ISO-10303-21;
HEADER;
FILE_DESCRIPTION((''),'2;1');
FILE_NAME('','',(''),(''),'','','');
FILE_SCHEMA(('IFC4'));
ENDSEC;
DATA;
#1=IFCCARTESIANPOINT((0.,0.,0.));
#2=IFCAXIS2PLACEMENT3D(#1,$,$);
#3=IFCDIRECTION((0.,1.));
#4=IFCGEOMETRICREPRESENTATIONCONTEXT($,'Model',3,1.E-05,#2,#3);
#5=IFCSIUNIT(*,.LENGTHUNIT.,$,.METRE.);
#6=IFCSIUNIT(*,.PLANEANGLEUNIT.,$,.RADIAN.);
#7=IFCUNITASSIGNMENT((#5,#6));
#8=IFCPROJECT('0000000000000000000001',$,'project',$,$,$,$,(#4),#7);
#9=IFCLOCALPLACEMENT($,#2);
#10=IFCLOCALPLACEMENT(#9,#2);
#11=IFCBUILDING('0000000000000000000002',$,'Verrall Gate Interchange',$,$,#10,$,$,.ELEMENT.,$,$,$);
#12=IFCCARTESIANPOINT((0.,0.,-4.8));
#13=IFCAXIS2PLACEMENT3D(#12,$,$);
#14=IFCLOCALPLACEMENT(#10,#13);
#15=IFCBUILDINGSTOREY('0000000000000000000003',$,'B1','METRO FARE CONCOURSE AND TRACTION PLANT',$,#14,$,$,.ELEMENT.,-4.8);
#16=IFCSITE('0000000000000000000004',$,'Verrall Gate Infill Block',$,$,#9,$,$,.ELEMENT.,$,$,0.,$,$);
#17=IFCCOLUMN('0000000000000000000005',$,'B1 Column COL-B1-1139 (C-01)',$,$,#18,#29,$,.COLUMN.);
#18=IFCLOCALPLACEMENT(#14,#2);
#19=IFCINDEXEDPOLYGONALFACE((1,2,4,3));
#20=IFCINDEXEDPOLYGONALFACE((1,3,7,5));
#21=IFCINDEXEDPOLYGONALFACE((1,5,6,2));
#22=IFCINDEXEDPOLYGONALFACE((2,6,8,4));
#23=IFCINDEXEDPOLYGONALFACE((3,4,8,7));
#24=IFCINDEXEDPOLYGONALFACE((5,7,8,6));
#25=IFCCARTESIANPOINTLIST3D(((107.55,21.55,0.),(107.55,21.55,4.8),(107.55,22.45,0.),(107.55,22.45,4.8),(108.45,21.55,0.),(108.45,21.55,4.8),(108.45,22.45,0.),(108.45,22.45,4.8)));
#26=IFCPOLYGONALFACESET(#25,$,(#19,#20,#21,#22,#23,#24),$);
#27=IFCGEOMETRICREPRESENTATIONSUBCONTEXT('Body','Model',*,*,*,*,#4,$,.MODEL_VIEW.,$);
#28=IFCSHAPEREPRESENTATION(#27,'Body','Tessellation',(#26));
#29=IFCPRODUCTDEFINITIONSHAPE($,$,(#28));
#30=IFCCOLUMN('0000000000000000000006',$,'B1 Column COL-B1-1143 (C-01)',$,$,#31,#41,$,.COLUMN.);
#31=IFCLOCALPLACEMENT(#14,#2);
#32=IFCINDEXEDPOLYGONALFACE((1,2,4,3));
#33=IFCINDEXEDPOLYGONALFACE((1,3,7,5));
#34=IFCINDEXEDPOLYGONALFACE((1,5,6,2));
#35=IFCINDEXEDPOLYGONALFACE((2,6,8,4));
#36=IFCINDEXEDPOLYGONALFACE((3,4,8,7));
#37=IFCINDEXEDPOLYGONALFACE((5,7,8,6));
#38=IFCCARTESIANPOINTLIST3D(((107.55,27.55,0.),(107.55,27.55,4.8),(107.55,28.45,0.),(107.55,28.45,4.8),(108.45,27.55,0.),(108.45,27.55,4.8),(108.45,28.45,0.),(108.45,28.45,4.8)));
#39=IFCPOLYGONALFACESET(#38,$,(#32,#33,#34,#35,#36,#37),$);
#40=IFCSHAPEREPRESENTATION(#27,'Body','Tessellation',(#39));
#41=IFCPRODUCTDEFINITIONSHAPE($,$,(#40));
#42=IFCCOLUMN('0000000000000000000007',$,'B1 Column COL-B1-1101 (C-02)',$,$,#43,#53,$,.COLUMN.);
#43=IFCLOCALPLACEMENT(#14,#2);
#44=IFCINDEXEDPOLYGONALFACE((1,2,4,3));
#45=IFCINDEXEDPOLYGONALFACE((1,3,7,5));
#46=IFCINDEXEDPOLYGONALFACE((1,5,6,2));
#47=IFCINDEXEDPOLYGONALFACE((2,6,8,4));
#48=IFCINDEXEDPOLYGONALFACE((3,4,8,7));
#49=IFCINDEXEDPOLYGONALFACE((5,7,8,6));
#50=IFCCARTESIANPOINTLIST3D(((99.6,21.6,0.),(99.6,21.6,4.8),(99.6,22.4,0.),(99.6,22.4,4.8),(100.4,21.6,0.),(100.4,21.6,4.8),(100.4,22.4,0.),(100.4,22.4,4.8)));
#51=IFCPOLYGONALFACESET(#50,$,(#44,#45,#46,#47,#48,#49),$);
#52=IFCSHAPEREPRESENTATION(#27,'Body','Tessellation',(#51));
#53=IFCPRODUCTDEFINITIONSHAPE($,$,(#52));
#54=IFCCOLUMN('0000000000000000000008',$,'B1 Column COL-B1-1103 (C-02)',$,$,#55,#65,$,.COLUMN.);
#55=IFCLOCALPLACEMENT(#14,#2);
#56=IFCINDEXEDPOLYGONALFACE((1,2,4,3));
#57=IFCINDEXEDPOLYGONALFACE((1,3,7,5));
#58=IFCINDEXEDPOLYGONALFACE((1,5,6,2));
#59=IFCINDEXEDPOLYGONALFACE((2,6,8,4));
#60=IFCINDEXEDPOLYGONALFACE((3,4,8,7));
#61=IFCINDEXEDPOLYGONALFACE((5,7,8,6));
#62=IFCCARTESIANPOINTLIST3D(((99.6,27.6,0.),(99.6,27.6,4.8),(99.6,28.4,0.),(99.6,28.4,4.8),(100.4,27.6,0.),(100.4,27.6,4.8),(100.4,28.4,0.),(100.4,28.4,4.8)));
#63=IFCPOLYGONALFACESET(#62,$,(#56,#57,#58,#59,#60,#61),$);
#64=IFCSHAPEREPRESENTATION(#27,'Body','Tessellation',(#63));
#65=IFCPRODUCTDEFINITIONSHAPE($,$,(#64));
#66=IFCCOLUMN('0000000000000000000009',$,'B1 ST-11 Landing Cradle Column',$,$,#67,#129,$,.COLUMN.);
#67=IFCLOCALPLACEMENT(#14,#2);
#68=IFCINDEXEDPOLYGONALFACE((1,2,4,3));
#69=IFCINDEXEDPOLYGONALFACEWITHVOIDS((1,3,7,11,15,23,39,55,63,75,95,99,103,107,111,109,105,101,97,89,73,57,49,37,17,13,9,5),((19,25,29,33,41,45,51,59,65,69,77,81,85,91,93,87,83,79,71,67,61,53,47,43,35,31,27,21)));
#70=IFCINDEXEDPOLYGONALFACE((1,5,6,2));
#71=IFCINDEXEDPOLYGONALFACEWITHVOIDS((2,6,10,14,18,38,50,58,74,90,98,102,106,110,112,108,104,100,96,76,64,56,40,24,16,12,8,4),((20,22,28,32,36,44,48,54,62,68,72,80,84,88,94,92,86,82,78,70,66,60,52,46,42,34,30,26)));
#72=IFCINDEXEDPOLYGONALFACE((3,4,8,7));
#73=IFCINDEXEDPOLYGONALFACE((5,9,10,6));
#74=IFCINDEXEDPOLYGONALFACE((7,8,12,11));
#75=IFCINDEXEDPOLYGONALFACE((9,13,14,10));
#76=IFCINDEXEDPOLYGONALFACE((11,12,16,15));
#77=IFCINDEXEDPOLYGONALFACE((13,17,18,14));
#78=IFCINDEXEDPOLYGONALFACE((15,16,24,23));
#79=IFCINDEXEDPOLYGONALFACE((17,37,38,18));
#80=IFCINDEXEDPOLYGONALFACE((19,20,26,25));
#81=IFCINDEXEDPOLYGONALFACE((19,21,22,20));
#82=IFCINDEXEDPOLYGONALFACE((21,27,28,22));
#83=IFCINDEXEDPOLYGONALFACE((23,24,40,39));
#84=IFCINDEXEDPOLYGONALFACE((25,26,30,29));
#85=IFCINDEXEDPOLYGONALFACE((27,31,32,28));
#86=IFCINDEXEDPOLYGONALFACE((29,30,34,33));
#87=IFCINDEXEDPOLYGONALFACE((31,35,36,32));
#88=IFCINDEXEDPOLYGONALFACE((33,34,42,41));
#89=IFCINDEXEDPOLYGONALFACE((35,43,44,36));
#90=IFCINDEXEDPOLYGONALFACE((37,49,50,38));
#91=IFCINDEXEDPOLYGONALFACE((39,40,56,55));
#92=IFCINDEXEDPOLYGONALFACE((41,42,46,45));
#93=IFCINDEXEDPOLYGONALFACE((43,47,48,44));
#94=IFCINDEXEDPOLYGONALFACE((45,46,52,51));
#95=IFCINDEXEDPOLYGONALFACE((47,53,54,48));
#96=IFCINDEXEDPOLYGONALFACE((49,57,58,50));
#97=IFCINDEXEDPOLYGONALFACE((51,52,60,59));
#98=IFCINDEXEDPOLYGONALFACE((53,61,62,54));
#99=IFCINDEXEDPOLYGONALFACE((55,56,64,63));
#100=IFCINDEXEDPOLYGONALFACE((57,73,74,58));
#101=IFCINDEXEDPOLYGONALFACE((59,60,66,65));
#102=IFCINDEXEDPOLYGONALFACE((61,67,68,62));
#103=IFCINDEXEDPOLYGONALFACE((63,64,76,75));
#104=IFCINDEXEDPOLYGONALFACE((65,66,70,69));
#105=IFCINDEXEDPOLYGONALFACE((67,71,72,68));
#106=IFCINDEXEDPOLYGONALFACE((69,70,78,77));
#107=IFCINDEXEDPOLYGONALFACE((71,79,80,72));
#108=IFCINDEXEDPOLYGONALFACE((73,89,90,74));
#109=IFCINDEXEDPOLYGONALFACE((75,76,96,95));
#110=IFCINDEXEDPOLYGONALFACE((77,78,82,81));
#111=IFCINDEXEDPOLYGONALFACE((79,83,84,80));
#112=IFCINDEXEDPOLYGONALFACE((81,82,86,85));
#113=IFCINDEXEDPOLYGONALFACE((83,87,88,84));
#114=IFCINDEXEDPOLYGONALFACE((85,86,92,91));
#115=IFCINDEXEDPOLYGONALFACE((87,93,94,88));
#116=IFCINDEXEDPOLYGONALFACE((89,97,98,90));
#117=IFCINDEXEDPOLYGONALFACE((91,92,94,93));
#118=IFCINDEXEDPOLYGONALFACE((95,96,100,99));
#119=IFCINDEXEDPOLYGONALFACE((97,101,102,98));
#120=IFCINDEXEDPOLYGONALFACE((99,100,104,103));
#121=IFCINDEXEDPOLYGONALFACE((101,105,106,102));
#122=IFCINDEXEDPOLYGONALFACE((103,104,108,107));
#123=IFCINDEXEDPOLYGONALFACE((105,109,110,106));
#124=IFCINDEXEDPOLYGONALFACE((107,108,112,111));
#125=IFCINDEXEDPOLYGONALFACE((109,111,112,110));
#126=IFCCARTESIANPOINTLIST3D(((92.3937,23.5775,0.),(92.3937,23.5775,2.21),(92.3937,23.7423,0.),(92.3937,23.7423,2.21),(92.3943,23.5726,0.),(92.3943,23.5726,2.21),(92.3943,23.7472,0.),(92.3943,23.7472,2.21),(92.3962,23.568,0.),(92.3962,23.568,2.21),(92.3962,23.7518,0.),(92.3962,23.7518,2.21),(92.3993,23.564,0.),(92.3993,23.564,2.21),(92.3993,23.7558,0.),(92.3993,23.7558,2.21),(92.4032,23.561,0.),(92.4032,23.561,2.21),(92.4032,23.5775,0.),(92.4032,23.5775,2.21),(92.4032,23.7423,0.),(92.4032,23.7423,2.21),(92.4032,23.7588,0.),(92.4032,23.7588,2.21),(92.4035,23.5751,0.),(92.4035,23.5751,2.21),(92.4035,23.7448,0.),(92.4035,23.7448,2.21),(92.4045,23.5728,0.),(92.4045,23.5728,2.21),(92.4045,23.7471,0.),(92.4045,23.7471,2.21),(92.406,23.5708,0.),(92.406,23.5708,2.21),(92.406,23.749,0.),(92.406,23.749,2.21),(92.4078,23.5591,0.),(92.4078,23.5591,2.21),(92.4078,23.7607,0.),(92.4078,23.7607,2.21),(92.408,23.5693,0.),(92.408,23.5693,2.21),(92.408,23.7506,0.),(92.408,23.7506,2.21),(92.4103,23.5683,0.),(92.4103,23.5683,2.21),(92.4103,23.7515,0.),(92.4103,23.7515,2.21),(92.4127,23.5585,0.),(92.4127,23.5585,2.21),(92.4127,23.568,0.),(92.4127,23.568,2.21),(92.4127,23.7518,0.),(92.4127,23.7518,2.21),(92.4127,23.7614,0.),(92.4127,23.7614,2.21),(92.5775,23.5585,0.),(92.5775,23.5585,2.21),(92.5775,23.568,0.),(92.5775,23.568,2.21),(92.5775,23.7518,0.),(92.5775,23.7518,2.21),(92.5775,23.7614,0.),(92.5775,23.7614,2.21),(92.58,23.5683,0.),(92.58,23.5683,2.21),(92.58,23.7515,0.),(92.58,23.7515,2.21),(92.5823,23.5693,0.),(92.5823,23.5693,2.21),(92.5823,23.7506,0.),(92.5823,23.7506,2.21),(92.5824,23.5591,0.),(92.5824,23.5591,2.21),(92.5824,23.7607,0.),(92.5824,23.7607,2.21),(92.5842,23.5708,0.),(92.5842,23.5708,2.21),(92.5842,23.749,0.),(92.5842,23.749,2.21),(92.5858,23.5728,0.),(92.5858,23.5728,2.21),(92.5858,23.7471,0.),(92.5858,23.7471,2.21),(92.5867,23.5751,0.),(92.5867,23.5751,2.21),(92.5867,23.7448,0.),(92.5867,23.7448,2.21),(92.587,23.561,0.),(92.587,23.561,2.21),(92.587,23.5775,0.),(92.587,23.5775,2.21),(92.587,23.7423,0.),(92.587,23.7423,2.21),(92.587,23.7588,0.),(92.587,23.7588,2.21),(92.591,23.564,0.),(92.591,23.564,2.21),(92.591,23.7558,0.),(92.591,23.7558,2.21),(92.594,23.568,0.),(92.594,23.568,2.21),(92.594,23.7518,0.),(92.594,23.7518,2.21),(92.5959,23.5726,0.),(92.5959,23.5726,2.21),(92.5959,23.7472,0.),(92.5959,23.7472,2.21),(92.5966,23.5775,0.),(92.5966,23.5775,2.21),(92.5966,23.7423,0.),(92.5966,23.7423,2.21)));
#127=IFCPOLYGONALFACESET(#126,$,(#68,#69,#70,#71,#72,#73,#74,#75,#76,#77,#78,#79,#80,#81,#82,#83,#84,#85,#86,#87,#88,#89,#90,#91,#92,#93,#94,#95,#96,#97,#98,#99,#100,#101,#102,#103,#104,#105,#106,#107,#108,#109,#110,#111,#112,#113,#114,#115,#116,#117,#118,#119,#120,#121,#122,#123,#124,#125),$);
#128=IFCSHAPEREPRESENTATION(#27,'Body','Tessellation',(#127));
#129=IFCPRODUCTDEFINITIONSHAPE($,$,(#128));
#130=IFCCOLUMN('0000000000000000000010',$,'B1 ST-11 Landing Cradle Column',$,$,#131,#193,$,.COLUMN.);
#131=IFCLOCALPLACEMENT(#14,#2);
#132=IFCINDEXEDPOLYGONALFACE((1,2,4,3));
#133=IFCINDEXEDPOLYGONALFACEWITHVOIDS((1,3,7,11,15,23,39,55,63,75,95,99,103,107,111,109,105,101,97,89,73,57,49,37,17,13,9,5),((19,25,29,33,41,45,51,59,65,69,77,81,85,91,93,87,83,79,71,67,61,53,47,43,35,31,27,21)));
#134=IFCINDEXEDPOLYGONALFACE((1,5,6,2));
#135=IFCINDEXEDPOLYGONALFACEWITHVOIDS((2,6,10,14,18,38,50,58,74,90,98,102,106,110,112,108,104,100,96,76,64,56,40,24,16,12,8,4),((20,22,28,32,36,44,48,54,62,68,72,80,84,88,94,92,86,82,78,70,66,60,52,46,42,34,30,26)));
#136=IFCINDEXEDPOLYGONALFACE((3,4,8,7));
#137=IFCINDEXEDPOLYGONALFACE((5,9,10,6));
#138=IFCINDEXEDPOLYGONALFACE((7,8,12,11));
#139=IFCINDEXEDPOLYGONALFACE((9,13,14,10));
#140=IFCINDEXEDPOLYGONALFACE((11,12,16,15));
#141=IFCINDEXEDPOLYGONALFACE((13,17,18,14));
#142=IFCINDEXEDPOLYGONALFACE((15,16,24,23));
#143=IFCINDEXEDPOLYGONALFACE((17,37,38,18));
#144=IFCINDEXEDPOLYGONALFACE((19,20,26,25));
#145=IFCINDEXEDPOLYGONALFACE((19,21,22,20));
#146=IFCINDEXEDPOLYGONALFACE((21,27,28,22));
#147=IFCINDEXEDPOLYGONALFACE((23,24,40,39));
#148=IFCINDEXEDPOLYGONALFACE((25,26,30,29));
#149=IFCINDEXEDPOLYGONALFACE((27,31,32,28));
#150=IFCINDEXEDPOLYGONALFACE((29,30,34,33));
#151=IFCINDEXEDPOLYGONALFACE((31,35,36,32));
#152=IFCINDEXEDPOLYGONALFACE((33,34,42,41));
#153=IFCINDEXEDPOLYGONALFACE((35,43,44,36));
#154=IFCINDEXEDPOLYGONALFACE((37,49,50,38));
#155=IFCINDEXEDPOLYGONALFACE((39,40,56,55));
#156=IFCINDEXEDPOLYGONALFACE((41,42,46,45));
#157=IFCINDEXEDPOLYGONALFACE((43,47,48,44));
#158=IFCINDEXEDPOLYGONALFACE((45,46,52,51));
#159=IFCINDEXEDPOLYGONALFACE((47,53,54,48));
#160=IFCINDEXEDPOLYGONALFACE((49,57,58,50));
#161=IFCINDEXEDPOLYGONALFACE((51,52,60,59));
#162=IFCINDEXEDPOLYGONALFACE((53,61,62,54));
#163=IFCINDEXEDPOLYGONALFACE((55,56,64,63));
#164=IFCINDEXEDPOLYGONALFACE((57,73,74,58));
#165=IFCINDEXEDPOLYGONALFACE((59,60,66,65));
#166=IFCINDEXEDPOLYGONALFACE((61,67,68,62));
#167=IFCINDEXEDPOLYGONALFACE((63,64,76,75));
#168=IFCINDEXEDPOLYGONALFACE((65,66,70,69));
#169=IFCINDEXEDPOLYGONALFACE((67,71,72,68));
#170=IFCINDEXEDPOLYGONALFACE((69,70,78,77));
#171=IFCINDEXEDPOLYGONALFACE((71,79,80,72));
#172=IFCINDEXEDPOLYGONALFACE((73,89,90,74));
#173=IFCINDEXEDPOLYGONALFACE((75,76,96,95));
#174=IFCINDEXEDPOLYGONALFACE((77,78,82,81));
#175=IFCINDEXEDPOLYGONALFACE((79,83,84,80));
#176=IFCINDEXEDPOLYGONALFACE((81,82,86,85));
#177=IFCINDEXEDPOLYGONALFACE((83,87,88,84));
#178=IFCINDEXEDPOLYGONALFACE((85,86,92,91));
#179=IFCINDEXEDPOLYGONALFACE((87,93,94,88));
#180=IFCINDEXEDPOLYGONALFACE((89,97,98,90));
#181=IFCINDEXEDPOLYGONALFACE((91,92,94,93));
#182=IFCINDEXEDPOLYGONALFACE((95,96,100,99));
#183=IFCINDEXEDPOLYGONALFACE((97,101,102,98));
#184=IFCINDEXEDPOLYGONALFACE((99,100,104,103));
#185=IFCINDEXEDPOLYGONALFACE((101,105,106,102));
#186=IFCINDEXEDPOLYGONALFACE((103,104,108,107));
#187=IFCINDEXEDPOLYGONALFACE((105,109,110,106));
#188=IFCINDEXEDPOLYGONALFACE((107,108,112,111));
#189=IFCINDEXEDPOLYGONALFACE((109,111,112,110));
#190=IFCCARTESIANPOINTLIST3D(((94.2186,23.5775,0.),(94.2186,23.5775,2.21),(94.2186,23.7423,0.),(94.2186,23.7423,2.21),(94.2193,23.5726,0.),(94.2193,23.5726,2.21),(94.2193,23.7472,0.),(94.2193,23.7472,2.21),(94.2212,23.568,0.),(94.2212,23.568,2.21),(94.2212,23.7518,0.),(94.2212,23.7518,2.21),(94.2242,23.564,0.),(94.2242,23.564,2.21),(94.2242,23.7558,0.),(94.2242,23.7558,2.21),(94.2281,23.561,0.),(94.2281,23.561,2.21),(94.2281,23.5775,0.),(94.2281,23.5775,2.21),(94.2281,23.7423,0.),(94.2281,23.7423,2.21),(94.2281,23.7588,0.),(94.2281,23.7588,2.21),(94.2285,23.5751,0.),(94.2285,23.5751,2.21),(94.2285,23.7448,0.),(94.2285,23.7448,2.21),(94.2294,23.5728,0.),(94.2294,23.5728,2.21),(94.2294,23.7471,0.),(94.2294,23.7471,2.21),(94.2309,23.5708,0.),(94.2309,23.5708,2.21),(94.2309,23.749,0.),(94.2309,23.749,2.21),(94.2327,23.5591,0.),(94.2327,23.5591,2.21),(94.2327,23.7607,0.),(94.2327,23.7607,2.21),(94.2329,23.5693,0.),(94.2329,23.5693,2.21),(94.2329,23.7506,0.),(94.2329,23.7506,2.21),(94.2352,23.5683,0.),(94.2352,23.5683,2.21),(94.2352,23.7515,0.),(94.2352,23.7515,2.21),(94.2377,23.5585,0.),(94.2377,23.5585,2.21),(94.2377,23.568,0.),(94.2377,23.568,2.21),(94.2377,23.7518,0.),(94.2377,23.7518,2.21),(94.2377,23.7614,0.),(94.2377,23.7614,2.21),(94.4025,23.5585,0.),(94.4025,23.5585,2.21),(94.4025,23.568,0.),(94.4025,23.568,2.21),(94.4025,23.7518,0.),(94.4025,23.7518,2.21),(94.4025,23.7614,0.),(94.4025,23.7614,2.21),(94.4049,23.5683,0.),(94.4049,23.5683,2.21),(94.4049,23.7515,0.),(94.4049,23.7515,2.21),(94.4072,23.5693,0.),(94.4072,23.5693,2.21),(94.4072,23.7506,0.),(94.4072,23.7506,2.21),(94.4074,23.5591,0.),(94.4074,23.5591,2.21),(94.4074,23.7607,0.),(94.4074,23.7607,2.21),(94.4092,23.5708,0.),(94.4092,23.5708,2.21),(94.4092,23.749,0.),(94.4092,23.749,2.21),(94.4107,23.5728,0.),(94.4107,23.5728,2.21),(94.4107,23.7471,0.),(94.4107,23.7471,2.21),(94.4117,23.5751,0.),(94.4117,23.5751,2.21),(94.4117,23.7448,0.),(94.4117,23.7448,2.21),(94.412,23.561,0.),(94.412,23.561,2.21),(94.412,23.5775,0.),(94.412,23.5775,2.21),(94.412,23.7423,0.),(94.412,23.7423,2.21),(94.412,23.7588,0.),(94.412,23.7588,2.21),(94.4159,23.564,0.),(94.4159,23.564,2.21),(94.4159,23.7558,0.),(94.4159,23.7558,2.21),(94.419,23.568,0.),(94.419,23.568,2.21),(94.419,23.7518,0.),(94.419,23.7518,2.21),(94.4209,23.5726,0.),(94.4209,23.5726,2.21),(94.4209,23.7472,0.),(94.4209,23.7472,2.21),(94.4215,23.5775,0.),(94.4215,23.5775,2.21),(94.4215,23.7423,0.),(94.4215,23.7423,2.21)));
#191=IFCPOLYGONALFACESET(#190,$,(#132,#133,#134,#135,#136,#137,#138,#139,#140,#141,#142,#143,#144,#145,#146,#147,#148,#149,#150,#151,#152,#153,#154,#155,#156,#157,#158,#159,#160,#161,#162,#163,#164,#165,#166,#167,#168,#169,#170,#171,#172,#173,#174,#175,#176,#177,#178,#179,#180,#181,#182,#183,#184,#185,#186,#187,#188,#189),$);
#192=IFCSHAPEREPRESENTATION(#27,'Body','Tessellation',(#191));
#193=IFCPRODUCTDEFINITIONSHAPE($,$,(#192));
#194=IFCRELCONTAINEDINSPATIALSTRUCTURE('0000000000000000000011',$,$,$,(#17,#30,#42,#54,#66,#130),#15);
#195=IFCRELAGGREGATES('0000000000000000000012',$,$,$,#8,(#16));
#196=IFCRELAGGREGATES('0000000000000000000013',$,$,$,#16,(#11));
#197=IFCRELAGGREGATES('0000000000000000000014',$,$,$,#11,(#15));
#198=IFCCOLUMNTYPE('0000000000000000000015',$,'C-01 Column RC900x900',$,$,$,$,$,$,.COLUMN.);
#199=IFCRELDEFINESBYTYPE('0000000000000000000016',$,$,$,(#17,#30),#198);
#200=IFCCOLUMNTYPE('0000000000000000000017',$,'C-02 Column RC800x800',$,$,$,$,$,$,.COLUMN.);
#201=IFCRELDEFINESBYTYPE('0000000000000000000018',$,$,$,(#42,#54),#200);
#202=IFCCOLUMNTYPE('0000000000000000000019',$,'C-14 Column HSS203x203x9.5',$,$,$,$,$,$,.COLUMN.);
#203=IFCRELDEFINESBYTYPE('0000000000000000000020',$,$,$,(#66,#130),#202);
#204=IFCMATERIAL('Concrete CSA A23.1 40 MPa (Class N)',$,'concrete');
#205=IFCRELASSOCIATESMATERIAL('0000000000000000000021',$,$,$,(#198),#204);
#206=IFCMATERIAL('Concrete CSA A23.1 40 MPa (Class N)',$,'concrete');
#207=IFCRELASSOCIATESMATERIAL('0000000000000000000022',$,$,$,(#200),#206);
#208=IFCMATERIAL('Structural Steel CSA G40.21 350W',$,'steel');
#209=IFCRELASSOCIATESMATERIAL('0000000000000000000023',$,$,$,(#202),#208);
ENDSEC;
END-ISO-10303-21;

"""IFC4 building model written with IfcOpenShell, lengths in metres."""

from ifc_helpers import new_model, si_unit, direction, frame, origin, origin_2d, place, context, subcontext, project, spatial, rectangle, hollow_rectangle, extrude, material, material_profile, profile_set, type_object, element, save


model = new_model("IFC4")

# Units and contexts
model_context = context("Model", 3, precision=1e-05, world=origin(), true_north=direction((0.0, 1.0)))
body_context = subcontext(model_context, "Body", "Model", "MODEL_VIEW")
ifc_project = project(units=[si_unit("LENGTHUNIT", "METRE"), si_unit("PLANEANGLEUNIT", "RADIAN")], contexts=[model_context])

# Site, building, storey
site_placement = place(None, origin())
site = spatial("IfcSite", under=ifc_project, at=site_placement, Name="Verrall Gate Infill Block", CompositionType="ELEMENT", RefElevation=0.0)
building_placement = place(site_placement, origin())
building = spatial("IfcBuilding", under=site, at=building_placement, Name="Verrall Gate Interchange", CompositionType="ELEMENT")
storey_placement = place(building_placement, frame((0.0, 0.0, -4.8)))
storey = spatial("IfcBuildingStorey", under=building, at=storey_placement, Name="B1", Description="METRO FARE CONCOURSE AND TRACTION PLANT", CompositionType="ELEMENT", Elevation=-4.8)

# Columns
ifc_material_1 = material(Name="Concrete CSA A23.1 40 MPa (Class N)", Category="concrete")
ifc_material_profile_1 = material_profile(ifc_material_1, rectangle(XDim=0.8999, YDim=0.8999, at=origin_2d()), Name="RC900x900")
ifc_profile_set_1 = profile_set([ifc_material_profile_1], Name="Concrete CSA A23.1 40 MPa (Class N)")
column_type_1 = type_object("IfcColumnType", Name="C-01 Column RC900x900", PredefinedType="COLUMN", material=ifc_profile_set_1)
for number, where, z_axis, x_axis, name in (
    (1, (108.0, 22.0, 0.0), (0.0, 0.0, 1.0), (1.0, 0.0, 0.0), "B1 Column COL-B1-1139 (C-01)"),
    (2, (108.0, 28.0, 0.0), (0.0, 0.0, 1.0), (1.0, 0.0, 0.0), "B1 Column COL-B1-1143 (C-01)"),
):
    element("IfcColumn", number, at=place(storey_placement, frame(where, z_axis=z_axis, x_axis=x_axis)), inside=storey, type_object=column_type_1, Name=name, PredefinedType="COLUMN", context=body_context, shape_type="SweptSolid", body=[
        extrude(rectangle(XDim=0.8999, YDim=0.8999, at=origin_2d()), origin(), (0.0, 0.0, 1.0), 4.8),
    ])
ifc_material_2 = material(Name="Concrete CSA A23.1 40 MPa (Class N)", Category="concrete")
ifc_material_profile_2 = material_profile(ifc_material_2, rectangle(XDim=0.8, YDim=0.8, at=origin_2d()), Name="RC800x800")
ifc_profile_set_2 = profile_set([ifc_material_profile_2], Name="Concrete CSA A23.1 40 MPa (Class N)")
column_type_2 = type_object("IfcColumnType", Name="C-02 Column RC800x800", PredefinedType="COLUMN", material=ifc_profile_set_2)
for number, where, z_axis, x_axis, name in (
    (3, (100.0, 22.0, 0.0), (0.0, 0.0, 1.0), (1.0, 0.0, 0.0), "B1 Column COL-B1-1101 (C-02)"),
    (4, (100.0, 28.0, 0.0), (0.0, 0.0, 1.0), (1.0, 0.0, 0.0), "B1 Column COL-B1-1103 (C-02)"),
):
    element("IfcColumn", number, at=place(storey_placement, frame(where, z_axis=z_axis, x_axis=x_axis)), inside=storey, type_object=column_type_2, Name=name, PredefinedType="COLUMN", context=body_context, shape_type="SweptSolid", body=[
        extrude(rectangle(XDim=0.8, YDim=0.8, at=origin_2d()), origin(), (0.0, 0.0, 1.0), 4.8),
    ])
ifc_material_3 = material(Name="Structural Steel CSA G40.21 350W", Category="steel")
ifc_material_profile_3 = material_profile(ifc_material_3, hollow_rectangle(XDim=0.2029, YDim=0.2029, WallThickness=0.0095, InnerFilletRadius=0.0095, OuterFilletRadius=0.019, at=origin_2d()), Name="HSS203x203x9.5")
ifc_profile_set_3 = profile_set([ifc_material_profile_3], Name="Structural Steel CSA G40.21 350W")
column_type_3 = type_object("IfcColumnType", Name="C-14 Column HSS203x203x9.5", PredefinedType="COLUMN", material=ifc_profile_set_3)
for number, where, z_axis, x_axis, name in (
    (5, (92.4951, 23.6599, 0.0), (0.0, 0.0, 1.0), (1.0, 0.0, 0.0), "B1 ST-11 Landing Cradle Column"),
    (6, (94.3201, 23.6599, 0.0), (0.0, 0.0, 1.0), (1.0, 0.0, 0.0), "B1 ST-11 Landing Cradle Column"),
):
    element("IfcColumn", number, at=place(storey_placement, frame(where, z_axis=z_axis, x_axis=x_axis)), inside=storey, type_object=column_type_3, Name=name, PredefinedType="COLUMN", context=body_context, shape_type="SweptSolid", body=[
        extrude(hollow_rectangle(XDim=0.2029, YDim=0.2029, WallThickness=0.0095, InnerFilletRadius=0.0095, OuterFilletRadius=0.019, at=origin_2d()), origin(), (0.0, 0.0, 1.0), 2.21),
    ])

save(model, "model.ifc")
